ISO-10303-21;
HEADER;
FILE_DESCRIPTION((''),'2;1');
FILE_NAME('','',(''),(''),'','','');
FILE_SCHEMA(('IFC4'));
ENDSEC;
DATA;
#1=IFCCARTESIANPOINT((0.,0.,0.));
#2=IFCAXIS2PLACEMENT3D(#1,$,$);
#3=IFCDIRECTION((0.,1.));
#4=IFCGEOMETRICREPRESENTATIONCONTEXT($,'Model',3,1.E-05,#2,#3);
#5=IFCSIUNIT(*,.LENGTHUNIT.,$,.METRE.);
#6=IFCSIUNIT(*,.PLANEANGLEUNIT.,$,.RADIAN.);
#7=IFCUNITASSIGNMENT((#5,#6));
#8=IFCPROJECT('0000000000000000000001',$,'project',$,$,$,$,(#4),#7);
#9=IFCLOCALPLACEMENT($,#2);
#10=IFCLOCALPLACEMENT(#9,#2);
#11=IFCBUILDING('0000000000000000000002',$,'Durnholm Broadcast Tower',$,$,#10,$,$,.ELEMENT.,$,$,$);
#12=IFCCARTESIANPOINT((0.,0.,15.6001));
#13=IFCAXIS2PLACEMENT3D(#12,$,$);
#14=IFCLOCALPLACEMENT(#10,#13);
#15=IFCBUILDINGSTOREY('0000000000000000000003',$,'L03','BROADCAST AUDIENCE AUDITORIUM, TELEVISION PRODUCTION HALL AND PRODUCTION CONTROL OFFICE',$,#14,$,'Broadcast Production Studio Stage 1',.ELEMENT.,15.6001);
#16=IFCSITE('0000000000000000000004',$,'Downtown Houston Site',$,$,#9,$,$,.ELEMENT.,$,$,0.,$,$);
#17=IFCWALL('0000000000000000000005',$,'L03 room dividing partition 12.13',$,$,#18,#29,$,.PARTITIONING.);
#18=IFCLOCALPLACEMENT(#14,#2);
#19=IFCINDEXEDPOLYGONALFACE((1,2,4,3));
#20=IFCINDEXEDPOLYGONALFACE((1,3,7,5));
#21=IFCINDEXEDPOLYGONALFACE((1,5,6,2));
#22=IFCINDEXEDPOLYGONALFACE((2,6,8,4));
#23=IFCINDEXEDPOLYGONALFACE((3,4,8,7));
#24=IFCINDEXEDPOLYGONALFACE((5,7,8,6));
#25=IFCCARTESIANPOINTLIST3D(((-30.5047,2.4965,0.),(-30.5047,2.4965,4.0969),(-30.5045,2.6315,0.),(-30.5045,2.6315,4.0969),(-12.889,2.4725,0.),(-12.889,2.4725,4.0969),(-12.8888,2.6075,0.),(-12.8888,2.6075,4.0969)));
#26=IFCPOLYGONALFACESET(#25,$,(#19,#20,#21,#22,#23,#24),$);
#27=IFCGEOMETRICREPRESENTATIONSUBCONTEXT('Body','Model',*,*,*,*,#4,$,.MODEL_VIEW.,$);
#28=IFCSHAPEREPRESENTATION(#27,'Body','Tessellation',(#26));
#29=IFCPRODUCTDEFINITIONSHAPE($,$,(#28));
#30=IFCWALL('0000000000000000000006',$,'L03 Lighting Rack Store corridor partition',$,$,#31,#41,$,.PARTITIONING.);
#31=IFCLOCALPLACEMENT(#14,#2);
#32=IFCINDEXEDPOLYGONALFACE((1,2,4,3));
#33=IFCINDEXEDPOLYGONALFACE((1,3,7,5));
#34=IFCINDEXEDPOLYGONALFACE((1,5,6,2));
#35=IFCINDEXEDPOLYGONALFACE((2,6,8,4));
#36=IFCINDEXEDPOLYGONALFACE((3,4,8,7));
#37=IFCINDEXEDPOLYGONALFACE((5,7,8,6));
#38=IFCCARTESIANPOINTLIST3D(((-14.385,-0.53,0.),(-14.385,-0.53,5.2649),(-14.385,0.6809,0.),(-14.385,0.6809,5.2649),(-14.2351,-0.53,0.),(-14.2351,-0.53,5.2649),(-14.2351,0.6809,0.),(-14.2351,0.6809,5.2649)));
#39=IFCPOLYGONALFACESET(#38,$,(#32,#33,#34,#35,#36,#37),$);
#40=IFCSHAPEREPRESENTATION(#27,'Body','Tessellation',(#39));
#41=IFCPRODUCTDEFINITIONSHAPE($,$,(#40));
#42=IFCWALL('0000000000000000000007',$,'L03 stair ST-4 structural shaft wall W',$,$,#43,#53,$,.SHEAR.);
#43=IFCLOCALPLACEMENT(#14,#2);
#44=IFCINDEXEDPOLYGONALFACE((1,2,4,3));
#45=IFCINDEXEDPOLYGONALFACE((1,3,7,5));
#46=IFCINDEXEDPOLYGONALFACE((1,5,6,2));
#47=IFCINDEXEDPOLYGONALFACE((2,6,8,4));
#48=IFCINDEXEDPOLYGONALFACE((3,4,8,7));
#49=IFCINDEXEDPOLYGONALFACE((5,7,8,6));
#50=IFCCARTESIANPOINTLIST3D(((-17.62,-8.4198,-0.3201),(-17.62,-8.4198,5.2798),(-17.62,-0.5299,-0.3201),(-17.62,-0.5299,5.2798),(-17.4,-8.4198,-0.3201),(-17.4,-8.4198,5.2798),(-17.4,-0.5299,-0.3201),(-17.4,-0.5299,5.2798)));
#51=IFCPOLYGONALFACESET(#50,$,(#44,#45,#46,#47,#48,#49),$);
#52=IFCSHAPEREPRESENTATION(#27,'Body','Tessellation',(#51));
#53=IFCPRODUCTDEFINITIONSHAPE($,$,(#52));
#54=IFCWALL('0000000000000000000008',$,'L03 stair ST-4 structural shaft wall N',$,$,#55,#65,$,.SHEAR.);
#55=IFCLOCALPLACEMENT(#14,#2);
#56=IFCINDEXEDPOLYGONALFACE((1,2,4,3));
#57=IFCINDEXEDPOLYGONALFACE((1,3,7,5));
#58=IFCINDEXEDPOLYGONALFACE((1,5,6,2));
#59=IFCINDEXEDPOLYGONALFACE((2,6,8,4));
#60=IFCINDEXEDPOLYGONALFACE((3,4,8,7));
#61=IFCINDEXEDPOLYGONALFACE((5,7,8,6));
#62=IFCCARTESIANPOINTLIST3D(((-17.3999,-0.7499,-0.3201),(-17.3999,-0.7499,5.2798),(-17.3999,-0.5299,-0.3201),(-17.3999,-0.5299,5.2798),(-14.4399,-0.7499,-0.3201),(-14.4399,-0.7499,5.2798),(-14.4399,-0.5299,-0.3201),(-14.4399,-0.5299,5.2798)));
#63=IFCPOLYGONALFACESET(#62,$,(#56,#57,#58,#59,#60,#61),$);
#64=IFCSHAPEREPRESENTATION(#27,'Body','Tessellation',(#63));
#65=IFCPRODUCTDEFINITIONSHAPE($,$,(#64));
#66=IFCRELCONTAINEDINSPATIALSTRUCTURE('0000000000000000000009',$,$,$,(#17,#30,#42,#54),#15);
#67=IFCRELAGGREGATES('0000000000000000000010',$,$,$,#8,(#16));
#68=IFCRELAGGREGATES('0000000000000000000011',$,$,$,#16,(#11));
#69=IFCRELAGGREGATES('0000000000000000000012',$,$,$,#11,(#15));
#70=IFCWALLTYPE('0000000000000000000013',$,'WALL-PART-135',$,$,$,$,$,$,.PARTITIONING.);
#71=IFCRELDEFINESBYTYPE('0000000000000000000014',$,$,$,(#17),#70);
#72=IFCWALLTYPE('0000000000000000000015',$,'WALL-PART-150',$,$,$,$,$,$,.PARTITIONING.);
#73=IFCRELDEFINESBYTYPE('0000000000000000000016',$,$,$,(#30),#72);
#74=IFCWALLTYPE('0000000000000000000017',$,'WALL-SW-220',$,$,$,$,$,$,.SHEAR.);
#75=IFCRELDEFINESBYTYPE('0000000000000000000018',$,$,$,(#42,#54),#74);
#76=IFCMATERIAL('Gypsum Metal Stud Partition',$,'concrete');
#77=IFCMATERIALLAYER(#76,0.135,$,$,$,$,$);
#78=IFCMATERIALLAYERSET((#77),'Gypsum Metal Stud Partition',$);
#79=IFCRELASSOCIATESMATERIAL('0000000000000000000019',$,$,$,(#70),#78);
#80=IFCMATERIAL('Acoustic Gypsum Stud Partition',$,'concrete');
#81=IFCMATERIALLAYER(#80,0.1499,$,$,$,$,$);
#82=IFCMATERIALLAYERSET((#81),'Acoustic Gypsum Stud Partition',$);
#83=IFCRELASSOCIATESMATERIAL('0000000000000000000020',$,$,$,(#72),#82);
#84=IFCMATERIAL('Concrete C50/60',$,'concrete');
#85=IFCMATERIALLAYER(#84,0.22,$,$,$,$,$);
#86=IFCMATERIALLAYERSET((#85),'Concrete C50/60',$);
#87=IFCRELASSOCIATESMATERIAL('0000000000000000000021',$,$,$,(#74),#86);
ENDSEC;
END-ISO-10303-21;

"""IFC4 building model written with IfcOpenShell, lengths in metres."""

from ifc_helpers import new_model, si_unit, direction, frame, frame_2d, origin, place, context, subcontext, project, spatial, rectangle, extrude, material, layer, layer_set, type_object, element, save


model = new_model("IFC4")

# Units and contexts
model_context = context("Model", 3, precision=1e-05, world=origin(), true_north=direction((0.0, 1.0)))
body_context = subcontext(model_context, "Body", "Model", "MODEL_VIEW")
ifc_project = project(units=[si_unit("LENGTHUNIT", "METRE"), si_unit("PLANEANGLEUNIT", "RADIAN")], contexts=[model_context])

# Site, building, storey
site_placement = place(None, origin())
site = spatial("IfcSite", under=ifc_project, at=site_placement, Name="Downtown Houston Site", CompositionType="ELEMENT", RefElevation=0.0)
building_placement = place(site_placement, origin())
building = spatial("IfcBuilding", under=site, at=building_placement, Name="Durnholm Broadcast Tower", CompositionType="ELEMENT")
storey_placement = place(building_placement, frame((0.0, 0.0, 15.6001)))
storey = spatial("IfcBuildingStorey", under=building, at=storey_placement, Name="L03", Description="BROADCAST AUDIENCE AUDITORIUM, TELEVISION PRODUCTION HALL AND PRODUCTION CONTROL OFFICE", LongName="Broadcast Production Studio Stage 1", CompositionType="ELEMENT", Elevation=15.6001)

# Walls
ifc_material_1 = material(Name="Gypsum Metal Stud Partition", Category="concrete")
ifc_layer_1 = layer(ifc_material_1, 0.135)
ifc_layer_set_1 = layer_set([ifc_layer_1], Name="Gypsum Metal Stud Partition")
wall_type_1 = type_object("IfcWallType", Name="WALL-PART-135", PredefinedType="PARTITIONING", material=ifc_layer_set_1)
wall_1_placement = place(storey_placement, frame((-30.5046, 2.564, 0.0), z_axis=(0.0, 0.0, 1.0), x_axis=(0.999999, -0.001358, 0.0)))
element("IfcWall", 1, at=wall_1_placement, inside=storey, type_object=wall_type_1, Name="L03 room dividing partition 12.13", PredefinedType="PARTITIONING", context=body_context, shape_type="SweptSolid", body=[
    extrude(rectangle(XDim=17.6157, YDim=0.135, at=frame_2d((8.8079, 0.0))), origin(), (0.0, 0.0, 1.0), 4.0969),
])
ifc_material_2 = material(Name="Acoustic Gypsum Stud Partition", Category="concrete")
ifc_layer_2 = layer(ifc_material_2, 0.1499)
ifc_layer_set_2 = layer_set([ifc_layer_2], Name="Acoustic Gypsum Stud Partition")
wall_type_2 = type_object("IfcWallType", Name="WALL-PART-150", PredefinedType="PARTITIONING", material=ifc_layer_set_2)
wall_2_placement = place(storey_placement, frame((-14.3101, 0.6809, 0.0), z_axis=(0.0, 0.0, 1.0), x_axis=(0.0, -1.0, 0.0)))
element("IfcWall", 2, at=wall_2_placement, inside=storey, type_object=wall_type_2, Name="L03 Lighting Rack Store corridor partition", PredefinedType="PARTITIONING", context=body_context, shape_type="SweptSolid", body=[
    extrude(rectangle(XDim=1.2109, YDim=0.1499, at=frame_2d((0.6055, 0.0))), origin(), (0.0, 0.0, 1.0), 5.2649),
])
ifc_material_3 = material(Name="Concrete C50/60", Category="concrete")
ifc_layer_3 = layer(ifc_material_3, 0.22)
ifc_layer_set_3 = layer_set([ifc_layer_3], Name="Concrete C50/60")
wall_type_3 = type_object("IfcWallType", Name="WALL-SW-220", PredefinedType="SHEAR", material=ifc_layer_set_3)
wall_3_placement = place(storey_placement, frame((-17.51, -0.53, -0.3201), z_axis=(0.0, 0.0, 1.0), x_axis=(0.0, -1.0, 0.0)))
element("IfcWall", 3, at=wall_3_placement, inside=storey, type_object=wall_type_3, Name="L03 stair ST-4 structural shaft wall W", PredefinedType="SHEAR", context=body_context, shape_type="SweptSolid", body=[
    extrude(rectangle(XDim=7.8899, YDim=0.22, at=frame_2d((3.9448, 0.0))), origin(), (0.0, 0.0, 1.0), 5.5999),
])
wall_4_placement = place(storey_placement, frame((-14.4399, -0.6399, -0.3201), z_axis=(0.0, 0.0, 1.0), x_axis=(-1.0, 0.0, 0.0)))
element("IfcWall", 4, at=wall_4_placement, inside=storey, type_object=wall_type_3, Name="L03 stair ST-4 structural shaft wall N", PredefinedType="SHEAR", context=body_context, shape_type="SweptSolid", body=[
    extrude(rectangle(XDim=2.96, YDim=0.22, at=frame_2d((1.48, 0.0))), origin(), (0.0, 0.0, 1.0), 5.5999),
])

save(model, "model.ifc")
